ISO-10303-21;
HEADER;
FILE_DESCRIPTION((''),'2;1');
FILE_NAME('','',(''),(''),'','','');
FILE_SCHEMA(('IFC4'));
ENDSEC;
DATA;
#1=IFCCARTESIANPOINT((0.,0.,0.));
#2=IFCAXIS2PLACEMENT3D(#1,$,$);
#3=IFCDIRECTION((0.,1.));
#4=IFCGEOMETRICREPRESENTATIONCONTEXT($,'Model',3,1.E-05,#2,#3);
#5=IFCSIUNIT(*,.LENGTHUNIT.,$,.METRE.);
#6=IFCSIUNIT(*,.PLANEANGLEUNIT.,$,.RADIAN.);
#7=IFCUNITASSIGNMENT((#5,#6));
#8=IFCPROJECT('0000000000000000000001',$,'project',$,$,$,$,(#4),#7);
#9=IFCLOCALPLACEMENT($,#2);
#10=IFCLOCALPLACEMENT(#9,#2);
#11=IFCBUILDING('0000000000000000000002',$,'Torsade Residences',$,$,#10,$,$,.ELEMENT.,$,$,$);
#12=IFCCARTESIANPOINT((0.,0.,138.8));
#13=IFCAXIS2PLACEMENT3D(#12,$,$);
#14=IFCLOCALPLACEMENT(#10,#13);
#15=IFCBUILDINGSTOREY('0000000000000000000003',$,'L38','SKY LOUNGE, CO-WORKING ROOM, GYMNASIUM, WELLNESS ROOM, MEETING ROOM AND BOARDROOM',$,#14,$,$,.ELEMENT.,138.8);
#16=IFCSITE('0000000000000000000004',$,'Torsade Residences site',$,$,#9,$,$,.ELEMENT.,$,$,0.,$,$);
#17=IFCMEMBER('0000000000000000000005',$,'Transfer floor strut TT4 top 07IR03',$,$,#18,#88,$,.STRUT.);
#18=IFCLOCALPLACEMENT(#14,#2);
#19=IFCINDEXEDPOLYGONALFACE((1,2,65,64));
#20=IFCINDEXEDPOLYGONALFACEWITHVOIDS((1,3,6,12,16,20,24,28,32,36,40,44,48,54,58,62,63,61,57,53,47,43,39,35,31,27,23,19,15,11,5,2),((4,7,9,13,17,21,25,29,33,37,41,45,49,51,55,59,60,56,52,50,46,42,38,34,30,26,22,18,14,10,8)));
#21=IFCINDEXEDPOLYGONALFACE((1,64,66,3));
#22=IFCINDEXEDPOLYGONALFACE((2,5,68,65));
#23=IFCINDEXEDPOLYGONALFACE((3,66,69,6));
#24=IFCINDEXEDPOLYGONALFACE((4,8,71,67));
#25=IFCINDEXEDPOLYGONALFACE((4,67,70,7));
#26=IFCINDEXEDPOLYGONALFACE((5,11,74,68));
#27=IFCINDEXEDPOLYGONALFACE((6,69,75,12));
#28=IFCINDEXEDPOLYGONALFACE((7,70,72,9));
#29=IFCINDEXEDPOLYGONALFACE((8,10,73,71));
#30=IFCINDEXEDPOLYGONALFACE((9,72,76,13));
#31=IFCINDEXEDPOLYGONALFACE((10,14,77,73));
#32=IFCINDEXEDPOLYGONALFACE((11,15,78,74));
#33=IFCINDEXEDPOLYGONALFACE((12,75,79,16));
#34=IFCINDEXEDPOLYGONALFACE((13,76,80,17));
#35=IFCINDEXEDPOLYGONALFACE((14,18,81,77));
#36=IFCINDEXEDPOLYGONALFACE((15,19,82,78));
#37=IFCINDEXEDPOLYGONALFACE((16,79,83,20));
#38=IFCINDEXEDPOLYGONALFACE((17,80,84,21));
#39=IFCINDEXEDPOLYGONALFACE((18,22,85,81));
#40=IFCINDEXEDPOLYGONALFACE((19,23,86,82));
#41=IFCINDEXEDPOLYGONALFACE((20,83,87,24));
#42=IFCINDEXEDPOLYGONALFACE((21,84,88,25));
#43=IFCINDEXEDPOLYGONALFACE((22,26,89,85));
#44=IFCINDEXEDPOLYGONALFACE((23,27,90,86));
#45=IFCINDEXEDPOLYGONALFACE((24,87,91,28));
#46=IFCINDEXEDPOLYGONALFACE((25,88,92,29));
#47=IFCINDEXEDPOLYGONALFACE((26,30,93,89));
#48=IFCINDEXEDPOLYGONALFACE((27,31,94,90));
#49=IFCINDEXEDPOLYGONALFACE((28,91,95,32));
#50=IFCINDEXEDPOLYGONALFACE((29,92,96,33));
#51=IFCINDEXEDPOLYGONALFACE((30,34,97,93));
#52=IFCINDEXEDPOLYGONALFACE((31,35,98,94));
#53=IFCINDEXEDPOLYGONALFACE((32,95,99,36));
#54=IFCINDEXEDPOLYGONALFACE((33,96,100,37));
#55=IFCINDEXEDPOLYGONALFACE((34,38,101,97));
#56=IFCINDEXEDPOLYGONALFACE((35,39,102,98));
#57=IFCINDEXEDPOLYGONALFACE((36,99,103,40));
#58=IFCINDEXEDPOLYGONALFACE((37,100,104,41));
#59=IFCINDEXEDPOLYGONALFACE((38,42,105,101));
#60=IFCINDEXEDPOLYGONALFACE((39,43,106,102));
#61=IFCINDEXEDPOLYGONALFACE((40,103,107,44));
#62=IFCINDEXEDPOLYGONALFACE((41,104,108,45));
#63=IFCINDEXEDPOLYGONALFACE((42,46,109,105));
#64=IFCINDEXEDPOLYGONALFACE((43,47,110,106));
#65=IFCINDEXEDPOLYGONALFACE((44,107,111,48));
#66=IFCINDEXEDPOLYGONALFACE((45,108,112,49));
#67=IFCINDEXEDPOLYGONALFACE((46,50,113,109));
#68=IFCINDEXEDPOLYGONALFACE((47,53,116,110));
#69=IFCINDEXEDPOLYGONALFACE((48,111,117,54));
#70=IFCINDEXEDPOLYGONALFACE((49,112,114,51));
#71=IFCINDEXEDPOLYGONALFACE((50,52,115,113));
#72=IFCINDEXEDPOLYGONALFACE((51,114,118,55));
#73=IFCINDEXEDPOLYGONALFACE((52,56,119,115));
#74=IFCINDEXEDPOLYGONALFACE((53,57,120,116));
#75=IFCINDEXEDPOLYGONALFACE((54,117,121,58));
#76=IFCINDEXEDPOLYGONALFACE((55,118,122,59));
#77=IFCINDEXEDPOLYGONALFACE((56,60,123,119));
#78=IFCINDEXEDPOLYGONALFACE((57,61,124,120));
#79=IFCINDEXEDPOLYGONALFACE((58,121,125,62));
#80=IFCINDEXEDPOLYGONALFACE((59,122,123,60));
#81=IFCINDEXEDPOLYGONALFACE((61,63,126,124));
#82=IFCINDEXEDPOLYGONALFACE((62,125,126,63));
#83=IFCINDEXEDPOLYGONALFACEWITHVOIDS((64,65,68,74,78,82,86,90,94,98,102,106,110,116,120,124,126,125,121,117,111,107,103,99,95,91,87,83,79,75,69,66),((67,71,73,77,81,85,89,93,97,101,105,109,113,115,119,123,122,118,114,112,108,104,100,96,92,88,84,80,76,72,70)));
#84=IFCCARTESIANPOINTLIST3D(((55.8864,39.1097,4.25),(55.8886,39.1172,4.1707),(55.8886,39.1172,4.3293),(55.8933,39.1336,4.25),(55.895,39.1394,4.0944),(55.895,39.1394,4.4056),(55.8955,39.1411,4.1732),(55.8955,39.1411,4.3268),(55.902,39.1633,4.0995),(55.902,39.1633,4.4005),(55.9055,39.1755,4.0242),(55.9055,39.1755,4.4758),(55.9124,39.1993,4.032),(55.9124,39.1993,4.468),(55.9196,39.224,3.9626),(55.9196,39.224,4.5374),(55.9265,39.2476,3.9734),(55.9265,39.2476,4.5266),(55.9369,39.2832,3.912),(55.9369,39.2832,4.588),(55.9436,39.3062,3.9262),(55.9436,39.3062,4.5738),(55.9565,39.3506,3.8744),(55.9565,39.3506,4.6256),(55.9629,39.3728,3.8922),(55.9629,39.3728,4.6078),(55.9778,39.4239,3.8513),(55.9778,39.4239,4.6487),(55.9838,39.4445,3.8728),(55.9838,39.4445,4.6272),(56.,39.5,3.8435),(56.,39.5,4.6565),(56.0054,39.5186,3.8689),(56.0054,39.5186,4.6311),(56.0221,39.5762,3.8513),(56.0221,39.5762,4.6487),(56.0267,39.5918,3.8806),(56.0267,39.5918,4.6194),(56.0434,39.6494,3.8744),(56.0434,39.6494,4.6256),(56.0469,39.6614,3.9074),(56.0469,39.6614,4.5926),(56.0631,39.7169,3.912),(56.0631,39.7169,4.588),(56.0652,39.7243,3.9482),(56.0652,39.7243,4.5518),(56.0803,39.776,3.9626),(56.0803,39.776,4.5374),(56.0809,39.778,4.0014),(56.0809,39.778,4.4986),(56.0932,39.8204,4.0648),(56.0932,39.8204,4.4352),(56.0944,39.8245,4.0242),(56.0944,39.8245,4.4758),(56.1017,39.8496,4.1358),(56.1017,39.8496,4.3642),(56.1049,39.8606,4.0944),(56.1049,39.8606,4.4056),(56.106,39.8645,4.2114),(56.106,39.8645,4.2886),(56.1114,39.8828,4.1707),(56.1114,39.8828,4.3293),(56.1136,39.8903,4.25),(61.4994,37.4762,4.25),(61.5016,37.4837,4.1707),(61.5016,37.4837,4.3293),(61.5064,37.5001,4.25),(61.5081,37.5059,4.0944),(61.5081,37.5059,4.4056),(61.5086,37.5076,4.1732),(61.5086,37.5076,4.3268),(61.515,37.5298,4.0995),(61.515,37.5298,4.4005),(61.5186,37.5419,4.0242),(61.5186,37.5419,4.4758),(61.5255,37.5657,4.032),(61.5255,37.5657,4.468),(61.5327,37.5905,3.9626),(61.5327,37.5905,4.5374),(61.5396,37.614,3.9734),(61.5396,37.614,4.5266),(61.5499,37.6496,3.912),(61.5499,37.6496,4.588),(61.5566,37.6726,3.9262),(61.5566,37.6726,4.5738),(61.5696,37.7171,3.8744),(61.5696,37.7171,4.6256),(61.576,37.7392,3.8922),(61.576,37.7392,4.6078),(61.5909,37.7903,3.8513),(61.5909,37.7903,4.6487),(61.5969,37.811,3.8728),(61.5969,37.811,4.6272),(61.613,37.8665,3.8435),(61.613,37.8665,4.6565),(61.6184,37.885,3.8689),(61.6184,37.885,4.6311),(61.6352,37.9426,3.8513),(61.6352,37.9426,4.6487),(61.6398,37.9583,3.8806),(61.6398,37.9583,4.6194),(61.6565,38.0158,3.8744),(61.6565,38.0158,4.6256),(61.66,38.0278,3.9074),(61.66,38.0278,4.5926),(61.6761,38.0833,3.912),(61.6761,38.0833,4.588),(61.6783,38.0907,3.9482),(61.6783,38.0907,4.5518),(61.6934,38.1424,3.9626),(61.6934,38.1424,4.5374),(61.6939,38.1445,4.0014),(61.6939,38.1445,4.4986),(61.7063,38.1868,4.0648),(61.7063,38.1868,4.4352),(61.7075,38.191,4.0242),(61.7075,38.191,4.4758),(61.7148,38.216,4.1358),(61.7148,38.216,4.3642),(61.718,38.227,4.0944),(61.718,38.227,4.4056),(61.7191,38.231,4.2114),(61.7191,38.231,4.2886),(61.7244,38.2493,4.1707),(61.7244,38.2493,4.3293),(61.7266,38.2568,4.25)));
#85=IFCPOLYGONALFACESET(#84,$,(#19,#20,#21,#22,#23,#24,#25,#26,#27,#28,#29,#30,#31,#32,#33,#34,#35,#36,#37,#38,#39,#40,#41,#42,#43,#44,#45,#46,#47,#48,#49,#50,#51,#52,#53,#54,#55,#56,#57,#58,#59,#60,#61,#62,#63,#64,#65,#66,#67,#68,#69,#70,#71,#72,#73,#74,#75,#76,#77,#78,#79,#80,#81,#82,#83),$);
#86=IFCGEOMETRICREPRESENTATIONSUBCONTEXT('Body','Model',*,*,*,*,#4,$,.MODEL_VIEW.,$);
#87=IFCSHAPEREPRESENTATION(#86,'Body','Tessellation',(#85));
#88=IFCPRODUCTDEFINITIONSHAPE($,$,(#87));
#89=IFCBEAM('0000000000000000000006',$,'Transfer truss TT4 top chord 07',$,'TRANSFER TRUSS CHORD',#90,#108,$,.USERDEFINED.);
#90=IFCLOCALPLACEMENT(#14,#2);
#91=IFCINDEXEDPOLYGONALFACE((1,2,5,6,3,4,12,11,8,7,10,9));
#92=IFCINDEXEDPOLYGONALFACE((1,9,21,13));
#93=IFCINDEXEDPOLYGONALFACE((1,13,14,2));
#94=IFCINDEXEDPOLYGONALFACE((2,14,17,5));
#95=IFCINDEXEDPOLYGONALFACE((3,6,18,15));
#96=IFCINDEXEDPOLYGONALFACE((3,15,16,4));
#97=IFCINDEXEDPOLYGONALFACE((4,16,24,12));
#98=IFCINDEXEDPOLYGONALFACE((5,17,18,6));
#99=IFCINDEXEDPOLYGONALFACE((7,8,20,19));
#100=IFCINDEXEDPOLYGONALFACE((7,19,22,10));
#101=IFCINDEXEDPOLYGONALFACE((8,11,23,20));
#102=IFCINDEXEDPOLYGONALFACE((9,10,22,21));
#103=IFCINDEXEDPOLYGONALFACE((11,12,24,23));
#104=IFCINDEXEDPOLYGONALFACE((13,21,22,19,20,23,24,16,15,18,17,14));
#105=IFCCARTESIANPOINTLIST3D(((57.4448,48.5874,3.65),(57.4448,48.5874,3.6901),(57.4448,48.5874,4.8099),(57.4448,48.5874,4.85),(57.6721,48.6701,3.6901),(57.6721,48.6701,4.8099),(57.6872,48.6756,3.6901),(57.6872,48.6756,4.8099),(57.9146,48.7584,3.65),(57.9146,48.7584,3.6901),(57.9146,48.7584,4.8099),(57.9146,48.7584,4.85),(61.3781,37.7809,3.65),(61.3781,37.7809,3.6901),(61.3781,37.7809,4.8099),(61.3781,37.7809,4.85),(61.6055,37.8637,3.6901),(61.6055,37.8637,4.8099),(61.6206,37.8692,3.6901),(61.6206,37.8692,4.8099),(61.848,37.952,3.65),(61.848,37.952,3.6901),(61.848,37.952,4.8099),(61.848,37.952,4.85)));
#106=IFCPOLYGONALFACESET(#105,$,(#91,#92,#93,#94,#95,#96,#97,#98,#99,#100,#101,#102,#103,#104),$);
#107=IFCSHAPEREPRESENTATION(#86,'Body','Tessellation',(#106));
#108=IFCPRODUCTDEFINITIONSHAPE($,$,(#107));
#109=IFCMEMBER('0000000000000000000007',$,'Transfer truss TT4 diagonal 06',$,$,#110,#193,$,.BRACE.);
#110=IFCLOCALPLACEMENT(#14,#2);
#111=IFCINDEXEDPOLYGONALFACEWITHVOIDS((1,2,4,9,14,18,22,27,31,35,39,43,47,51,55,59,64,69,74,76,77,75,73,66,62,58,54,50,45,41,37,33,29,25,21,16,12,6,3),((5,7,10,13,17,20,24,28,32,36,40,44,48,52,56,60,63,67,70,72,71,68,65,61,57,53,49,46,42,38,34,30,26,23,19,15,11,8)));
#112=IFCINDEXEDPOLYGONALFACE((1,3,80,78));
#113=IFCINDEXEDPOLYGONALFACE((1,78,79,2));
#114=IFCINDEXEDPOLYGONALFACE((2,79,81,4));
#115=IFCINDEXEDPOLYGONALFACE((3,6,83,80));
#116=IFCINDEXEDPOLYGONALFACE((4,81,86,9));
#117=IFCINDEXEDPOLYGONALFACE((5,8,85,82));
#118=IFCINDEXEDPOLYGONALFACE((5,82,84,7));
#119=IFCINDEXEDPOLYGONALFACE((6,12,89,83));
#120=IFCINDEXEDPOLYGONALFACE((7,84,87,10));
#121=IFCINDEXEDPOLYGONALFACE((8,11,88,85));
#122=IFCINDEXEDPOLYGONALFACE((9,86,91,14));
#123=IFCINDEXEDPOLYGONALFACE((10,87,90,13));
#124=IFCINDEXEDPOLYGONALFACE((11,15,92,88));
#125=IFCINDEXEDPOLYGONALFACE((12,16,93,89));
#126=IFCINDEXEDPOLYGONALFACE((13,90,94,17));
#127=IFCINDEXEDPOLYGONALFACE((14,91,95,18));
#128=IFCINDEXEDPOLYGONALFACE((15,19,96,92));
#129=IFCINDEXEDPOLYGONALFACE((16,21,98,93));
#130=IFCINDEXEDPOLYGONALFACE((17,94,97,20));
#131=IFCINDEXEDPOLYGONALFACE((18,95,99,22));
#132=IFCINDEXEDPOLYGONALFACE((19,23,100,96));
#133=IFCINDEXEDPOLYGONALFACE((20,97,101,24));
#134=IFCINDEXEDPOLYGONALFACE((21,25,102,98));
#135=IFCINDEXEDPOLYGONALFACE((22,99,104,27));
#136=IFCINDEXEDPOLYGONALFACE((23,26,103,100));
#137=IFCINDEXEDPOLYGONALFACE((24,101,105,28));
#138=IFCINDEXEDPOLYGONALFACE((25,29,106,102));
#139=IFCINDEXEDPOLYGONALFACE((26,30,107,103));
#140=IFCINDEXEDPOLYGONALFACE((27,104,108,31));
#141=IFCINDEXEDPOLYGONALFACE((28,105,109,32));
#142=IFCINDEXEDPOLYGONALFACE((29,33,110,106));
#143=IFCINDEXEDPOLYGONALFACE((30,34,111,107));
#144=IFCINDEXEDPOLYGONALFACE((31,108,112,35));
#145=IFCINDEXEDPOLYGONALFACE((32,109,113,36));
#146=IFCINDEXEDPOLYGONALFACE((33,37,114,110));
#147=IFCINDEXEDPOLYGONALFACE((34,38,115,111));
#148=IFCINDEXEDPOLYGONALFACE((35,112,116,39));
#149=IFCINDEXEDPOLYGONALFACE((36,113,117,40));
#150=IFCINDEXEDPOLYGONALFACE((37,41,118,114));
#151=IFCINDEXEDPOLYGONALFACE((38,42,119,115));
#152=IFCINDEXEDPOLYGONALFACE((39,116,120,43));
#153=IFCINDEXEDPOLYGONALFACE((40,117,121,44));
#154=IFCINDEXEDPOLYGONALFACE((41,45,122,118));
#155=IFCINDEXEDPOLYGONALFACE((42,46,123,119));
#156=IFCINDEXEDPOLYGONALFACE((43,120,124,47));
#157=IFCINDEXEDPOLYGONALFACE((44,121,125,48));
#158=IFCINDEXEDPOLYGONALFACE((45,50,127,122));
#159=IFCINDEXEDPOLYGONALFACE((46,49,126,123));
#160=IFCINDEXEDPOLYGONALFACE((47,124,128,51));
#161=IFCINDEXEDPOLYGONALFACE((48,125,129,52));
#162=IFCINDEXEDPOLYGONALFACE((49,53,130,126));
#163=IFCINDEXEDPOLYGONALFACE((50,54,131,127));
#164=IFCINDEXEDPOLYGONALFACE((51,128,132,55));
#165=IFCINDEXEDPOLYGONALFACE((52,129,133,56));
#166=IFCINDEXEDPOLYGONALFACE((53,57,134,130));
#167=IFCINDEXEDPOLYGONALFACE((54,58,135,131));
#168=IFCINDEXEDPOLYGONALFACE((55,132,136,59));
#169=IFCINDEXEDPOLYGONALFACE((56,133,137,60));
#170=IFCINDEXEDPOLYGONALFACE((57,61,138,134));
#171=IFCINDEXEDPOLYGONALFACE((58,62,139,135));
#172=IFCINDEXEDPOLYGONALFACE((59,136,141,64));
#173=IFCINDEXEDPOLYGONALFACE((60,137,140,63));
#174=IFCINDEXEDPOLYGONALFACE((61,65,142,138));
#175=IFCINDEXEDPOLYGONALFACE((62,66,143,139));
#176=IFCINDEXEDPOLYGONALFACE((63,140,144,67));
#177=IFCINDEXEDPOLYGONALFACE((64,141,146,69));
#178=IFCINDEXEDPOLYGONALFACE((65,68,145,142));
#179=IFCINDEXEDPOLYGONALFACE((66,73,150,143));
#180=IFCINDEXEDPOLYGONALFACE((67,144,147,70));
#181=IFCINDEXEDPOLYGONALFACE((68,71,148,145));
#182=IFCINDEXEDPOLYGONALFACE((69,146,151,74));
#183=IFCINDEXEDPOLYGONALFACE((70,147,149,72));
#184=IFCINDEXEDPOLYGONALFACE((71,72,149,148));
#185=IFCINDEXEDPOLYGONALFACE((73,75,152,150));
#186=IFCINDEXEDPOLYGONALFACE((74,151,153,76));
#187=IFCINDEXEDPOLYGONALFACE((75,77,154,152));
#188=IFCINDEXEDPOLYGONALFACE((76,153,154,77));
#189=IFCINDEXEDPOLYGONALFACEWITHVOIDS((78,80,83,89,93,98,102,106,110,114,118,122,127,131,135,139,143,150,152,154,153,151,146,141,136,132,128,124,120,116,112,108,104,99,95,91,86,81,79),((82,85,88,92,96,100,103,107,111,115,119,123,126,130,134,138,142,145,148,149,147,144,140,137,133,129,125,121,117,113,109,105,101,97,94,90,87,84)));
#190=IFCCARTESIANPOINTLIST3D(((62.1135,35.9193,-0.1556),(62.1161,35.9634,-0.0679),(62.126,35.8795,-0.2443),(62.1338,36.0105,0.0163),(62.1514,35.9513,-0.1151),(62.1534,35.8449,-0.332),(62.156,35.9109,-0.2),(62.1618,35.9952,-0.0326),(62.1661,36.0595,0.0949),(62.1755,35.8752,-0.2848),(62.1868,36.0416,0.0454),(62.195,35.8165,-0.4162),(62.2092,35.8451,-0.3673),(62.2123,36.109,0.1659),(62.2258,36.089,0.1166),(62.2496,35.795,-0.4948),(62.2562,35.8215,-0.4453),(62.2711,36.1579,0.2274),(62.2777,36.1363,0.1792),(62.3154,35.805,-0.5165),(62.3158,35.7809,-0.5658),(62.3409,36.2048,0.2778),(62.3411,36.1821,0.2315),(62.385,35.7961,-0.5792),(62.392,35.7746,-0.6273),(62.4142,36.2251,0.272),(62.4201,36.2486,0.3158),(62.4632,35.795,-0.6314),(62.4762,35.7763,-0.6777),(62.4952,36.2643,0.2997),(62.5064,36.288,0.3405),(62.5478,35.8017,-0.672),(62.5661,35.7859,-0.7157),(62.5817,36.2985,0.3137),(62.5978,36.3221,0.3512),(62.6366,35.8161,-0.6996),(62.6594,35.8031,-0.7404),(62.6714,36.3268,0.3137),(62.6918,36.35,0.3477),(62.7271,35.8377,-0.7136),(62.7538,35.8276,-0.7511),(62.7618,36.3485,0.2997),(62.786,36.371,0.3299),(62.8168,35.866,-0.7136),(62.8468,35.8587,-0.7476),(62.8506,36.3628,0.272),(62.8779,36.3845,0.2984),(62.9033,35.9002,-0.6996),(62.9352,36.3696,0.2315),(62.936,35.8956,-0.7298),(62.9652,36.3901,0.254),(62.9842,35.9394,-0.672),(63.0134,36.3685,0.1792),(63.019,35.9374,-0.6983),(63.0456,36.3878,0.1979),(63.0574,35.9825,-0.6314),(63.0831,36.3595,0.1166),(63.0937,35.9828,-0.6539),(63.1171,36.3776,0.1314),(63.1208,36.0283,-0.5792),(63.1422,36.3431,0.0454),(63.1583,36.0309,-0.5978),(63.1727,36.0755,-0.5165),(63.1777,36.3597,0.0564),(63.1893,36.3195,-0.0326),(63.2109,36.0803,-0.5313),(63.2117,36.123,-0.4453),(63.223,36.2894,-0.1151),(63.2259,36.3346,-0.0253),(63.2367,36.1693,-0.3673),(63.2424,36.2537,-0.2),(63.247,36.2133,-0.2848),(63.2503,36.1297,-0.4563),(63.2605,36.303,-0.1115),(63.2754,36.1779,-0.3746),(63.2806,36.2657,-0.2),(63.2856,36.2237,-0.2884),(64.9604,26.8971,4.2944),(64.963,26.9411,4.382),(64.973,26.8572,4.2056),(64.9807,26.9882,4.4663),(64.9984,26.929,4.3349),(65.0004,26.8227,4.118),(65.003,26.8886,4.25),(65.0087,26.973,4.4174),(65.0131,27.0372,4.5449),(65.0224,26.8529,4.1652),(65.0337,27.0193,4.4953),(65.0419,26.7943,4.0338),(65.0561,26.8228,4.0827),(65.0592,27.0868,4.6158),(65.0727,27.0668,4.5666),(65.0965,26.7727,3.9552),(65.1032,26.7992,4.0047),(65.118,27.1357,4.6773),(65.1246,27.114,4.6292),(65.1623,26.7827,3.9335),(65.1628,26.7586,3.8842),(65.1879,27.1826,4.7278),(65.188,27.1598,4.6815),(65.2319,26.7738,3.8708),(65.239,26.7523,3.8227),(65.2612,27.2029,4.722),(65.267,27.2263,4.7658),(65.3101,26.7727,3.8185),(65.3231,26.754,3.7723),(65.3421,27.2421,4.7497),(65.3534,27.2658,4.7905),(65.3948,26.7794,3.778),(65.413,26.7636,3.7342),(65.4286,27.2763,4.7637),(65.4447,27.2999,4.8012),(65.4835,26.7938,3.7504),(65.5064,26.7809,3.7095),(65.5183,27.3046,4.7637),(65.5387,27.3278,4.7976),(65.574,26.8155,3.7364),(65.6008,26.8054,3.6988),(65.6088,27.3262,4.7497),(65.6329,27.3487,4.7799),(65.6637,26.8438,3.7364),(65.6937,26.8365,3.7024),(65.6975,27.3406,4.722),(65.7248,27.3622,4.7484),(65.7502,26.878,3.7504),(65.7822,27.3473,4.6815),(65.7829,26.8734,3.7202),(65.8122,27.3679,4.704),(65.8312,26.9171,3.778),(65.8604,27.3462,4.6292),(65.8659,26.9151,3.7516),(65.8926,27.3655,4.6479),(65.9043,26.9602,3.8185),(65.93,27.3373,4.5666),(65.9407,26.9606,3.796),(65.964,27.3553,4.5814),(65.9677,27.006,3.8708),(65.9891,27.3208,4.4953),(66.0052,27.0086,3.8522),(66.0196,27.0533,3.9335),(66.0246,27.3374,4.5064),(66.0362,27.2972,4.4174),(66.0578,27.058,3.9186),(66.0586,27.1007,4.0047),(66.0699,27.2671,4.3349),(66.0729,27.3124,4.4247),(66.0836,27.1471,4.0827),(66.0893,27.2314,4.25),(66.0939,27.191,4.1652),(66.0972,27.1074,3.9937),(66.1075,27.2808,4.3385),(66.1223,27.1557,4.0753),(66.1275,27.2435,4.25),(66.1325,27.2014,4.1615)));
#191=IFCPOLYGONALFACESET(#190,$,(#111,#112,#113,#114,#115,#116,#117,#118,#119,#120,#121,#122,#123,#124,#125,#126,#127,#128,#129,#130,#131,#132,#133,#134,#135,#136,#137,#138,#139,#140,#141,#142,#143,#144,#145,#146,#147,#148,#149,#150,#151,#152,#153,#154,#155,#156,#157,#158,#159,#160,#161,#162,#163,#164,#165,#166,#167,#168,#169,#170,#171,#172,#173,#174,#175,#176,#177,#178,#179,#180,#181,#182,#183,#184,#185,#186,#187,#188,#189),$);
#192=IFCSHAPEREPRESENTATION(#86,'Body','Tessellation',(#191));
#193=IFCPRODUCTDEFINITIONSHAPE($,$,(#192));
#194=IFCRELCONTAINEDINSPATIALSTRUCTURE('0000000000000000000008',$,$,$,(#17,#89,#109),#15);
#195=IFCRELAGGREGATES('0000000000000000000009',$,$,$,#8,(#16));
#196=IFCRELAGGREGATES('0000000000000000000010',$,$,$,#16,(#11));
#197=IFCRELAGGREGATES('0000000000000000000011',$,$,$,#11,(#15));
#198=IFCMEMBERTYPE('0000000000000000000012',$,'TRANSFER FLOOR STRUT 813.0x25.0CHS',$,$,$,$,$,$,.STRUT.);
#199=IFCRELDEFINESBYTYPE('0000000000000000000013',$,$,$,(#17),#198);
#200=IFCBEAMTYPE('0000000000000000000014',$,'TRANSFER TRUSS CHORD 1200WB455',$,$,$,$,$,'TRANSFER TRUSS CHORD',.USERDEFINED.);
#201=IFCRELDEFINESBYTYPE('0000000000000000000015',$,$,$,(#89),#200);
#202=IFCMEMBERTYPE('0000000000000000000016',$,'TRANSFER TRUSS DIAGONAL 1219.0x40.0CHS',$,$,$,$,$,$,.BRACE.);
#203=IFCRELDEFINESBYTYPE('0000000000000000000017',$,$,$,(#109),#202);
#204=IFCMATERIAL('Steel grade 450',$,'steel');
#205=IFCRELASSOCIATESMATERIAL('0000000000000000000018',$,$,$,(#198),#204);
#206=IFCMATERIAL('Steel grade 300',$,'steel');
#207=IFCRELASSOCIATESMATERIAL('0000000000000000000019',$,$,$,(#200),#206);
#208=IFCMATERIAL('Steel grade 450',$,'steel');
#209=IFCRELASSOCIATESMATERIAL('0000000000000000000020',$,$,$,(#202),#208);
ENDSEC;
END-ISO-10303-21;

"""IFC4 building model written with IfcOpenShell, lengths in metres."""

from ifc_helpers import new_model, si_unit, direction, frame, origin, origin_2d, place, context, subcontext, project, spatial, hollow_circle, i_section, extrude, material, material_profile, profile_set, type_object, element, save


model = new_model("IFC4")

# Units and contexts
model_context = context("Model", 3, precision=1e-05, world=origin(), true_north=direction((0.0, 1.0)))
body_context = subcontext(model_context, "Body", "Model", "MODEL_VIEW")
ifc_project = project(units=[si_unit("LENGTHUNIT", "METRE"), si_unit("PLANEANGLEUNIT", "RADIAN")], contexts=[model_context])

# Site, building, storey
site_placement = place(None, origin())
site = spatial("IfcSite", under=ifc_project, at=site_placement, Name="Torsade Residences site", CompositionType="ELEMENT", RefElevation=0.0)
building_placement = place(site_placement, origin())
building = spatial("IfcBuilding", under=site, at=building_placement, Name="Torsade Residences", CompositionType="ELEMENT")
storey_placement = place(building_placement, frame((0.0, 0.0, 138.8)))
storey = spatial("IfcBuildingStorey", under=building, at=storey_placement, Name="L38", Description="SKY LOUNGE, CO-WORKING ROOM, GYMNASIUM, WELLNESS ROOM, MEETING ROOM AND BOARDROOM", CompositionType="ELEMENT", Elevation=138.8)

# Member
ifc_material_1 = material(Name="Steel grade 450", Category="steel")
ifc_material_profile_1 = material_profile(ifc_material_1, hollow_circle(Radius=0.4065, WallThickness=0.0249, at=origin_2d()), Name="813.0x25.0CHS")
ifc_profile_set_1 = profile_set([ifc_material_profile_1], Name="Steel grade 450")
member_type_1 = type_object("IfcMemberType", Name="TRANSFER FLOOR STRUT 813.0x25.0CHS", PredefinedType="STRUT", material=ifc_profile_set_1)
member_1_placement = place(storey_placement, frame((61.613, 37.8665, 4.25), z_axis=(-0.960165, 0.279434, 0.0), x_axis=(-0.279434, -0.960165, 0.0)))
element("IfcMember", 1, at=member_1_placement, inside=storey, type_object=member_type_1, Name="Transfer floor strut TT4 top 07IR03", PredefinedType="STRUT", context=body_context, shape_type="SweptSolid", body=[
    extrude(hollow_circle(Radius=0.4065, WallThickness=0.0249, at=origin_2d()), origin(), (0.0, 0.0, 1.0), 5.8459),
])

# Beam
ifc_material_2 = material(Name="Steel grade 300", Category="steel")
ifc_material_profile_2 = material_profile(ifc_material_2, i_section(OverallWidth=0.5, OverallDepth=1.2, WebThickness=0.0161, FlangeThickness=0.04, at=origin_2d()), Name="1200WB455")
ifc_profile_set_2 = profile_set([ifc_material_profile_2], Name="Steel grade 300")
beam_type_1 = type_object("IfcBeamType", Name="TRANSFER TRUSS CHORD 1200WB455", ElementType="TRANSFER TRUSS CHORD", PredefinedType="USERDEFINED", material=ifc_profile_set_2)
beam_1_placement = place(storey_placement, frame((61.613, 37.8665, 4.25), z_axis=(-0.342031, 0.939689, 0.0), x_axis=(-0.939689, -0.342031, 0.0)))
element("IfcBeam", 2, at=beam_1_placement, inside=storey, type_object=beam_type_1, Name="Transfer truss TT4 top chord 07", ObjectType="TRANSFER TRUSS CHORD", PredefinedType="USERDEFINED", context=body_context, shape_type="SweptSolid", body=[
    extrude(i_section(OverallWidth=0.5, OverallDepth=1.2, WebThickness=0.0161, FlangeThickness=0.04, at=origin_2d()), origin(), (0.0, 0.0, 1.0), 11.5),
])

# Member
ifc_material_3 = material(Name="Steel grade 450", Category="steel")
ifc_material_profile_3 = material_profile(ifc_material_3, hollow_circle(Radius=0.6096, WallThickness=0.04, at=origin_2d()), Name="1219.0x40.0CHS")
ifc_profile_set_3 = profile_set([ifc_material_profile_3], Name="Steel grade 450")
member_type_2 = type_object("IfcMemberType", Name="TRANSFER TRUSS DIAGONAL 1219.0x40.0CHS", PredefinedType="BRACE", material=ifc_profile_set_3)
member_2_placement = place(storey_placement, frame((62.6992, 36.0823, -0.2), z_axis=(0.272302, -0.862956, 0.425628), x_axis=(0.953649, 0.30092, 0.0)))
element("IfcMember", 3, at=member_2_placement, inside=storey, type_object=member_type_2, Name="Transfer truss TT4 diagonal 06", PredefinedType="BRACE", context=body_context, shape_type="SweptSolid", body=[
    extrude(hollow_circle(Radius=0.6096, WallThickness=0.04, at=origin_2d()), origin(), (0.0, 0.0, 1.0), 10.4551),
])

save(model, "model.ifc")
